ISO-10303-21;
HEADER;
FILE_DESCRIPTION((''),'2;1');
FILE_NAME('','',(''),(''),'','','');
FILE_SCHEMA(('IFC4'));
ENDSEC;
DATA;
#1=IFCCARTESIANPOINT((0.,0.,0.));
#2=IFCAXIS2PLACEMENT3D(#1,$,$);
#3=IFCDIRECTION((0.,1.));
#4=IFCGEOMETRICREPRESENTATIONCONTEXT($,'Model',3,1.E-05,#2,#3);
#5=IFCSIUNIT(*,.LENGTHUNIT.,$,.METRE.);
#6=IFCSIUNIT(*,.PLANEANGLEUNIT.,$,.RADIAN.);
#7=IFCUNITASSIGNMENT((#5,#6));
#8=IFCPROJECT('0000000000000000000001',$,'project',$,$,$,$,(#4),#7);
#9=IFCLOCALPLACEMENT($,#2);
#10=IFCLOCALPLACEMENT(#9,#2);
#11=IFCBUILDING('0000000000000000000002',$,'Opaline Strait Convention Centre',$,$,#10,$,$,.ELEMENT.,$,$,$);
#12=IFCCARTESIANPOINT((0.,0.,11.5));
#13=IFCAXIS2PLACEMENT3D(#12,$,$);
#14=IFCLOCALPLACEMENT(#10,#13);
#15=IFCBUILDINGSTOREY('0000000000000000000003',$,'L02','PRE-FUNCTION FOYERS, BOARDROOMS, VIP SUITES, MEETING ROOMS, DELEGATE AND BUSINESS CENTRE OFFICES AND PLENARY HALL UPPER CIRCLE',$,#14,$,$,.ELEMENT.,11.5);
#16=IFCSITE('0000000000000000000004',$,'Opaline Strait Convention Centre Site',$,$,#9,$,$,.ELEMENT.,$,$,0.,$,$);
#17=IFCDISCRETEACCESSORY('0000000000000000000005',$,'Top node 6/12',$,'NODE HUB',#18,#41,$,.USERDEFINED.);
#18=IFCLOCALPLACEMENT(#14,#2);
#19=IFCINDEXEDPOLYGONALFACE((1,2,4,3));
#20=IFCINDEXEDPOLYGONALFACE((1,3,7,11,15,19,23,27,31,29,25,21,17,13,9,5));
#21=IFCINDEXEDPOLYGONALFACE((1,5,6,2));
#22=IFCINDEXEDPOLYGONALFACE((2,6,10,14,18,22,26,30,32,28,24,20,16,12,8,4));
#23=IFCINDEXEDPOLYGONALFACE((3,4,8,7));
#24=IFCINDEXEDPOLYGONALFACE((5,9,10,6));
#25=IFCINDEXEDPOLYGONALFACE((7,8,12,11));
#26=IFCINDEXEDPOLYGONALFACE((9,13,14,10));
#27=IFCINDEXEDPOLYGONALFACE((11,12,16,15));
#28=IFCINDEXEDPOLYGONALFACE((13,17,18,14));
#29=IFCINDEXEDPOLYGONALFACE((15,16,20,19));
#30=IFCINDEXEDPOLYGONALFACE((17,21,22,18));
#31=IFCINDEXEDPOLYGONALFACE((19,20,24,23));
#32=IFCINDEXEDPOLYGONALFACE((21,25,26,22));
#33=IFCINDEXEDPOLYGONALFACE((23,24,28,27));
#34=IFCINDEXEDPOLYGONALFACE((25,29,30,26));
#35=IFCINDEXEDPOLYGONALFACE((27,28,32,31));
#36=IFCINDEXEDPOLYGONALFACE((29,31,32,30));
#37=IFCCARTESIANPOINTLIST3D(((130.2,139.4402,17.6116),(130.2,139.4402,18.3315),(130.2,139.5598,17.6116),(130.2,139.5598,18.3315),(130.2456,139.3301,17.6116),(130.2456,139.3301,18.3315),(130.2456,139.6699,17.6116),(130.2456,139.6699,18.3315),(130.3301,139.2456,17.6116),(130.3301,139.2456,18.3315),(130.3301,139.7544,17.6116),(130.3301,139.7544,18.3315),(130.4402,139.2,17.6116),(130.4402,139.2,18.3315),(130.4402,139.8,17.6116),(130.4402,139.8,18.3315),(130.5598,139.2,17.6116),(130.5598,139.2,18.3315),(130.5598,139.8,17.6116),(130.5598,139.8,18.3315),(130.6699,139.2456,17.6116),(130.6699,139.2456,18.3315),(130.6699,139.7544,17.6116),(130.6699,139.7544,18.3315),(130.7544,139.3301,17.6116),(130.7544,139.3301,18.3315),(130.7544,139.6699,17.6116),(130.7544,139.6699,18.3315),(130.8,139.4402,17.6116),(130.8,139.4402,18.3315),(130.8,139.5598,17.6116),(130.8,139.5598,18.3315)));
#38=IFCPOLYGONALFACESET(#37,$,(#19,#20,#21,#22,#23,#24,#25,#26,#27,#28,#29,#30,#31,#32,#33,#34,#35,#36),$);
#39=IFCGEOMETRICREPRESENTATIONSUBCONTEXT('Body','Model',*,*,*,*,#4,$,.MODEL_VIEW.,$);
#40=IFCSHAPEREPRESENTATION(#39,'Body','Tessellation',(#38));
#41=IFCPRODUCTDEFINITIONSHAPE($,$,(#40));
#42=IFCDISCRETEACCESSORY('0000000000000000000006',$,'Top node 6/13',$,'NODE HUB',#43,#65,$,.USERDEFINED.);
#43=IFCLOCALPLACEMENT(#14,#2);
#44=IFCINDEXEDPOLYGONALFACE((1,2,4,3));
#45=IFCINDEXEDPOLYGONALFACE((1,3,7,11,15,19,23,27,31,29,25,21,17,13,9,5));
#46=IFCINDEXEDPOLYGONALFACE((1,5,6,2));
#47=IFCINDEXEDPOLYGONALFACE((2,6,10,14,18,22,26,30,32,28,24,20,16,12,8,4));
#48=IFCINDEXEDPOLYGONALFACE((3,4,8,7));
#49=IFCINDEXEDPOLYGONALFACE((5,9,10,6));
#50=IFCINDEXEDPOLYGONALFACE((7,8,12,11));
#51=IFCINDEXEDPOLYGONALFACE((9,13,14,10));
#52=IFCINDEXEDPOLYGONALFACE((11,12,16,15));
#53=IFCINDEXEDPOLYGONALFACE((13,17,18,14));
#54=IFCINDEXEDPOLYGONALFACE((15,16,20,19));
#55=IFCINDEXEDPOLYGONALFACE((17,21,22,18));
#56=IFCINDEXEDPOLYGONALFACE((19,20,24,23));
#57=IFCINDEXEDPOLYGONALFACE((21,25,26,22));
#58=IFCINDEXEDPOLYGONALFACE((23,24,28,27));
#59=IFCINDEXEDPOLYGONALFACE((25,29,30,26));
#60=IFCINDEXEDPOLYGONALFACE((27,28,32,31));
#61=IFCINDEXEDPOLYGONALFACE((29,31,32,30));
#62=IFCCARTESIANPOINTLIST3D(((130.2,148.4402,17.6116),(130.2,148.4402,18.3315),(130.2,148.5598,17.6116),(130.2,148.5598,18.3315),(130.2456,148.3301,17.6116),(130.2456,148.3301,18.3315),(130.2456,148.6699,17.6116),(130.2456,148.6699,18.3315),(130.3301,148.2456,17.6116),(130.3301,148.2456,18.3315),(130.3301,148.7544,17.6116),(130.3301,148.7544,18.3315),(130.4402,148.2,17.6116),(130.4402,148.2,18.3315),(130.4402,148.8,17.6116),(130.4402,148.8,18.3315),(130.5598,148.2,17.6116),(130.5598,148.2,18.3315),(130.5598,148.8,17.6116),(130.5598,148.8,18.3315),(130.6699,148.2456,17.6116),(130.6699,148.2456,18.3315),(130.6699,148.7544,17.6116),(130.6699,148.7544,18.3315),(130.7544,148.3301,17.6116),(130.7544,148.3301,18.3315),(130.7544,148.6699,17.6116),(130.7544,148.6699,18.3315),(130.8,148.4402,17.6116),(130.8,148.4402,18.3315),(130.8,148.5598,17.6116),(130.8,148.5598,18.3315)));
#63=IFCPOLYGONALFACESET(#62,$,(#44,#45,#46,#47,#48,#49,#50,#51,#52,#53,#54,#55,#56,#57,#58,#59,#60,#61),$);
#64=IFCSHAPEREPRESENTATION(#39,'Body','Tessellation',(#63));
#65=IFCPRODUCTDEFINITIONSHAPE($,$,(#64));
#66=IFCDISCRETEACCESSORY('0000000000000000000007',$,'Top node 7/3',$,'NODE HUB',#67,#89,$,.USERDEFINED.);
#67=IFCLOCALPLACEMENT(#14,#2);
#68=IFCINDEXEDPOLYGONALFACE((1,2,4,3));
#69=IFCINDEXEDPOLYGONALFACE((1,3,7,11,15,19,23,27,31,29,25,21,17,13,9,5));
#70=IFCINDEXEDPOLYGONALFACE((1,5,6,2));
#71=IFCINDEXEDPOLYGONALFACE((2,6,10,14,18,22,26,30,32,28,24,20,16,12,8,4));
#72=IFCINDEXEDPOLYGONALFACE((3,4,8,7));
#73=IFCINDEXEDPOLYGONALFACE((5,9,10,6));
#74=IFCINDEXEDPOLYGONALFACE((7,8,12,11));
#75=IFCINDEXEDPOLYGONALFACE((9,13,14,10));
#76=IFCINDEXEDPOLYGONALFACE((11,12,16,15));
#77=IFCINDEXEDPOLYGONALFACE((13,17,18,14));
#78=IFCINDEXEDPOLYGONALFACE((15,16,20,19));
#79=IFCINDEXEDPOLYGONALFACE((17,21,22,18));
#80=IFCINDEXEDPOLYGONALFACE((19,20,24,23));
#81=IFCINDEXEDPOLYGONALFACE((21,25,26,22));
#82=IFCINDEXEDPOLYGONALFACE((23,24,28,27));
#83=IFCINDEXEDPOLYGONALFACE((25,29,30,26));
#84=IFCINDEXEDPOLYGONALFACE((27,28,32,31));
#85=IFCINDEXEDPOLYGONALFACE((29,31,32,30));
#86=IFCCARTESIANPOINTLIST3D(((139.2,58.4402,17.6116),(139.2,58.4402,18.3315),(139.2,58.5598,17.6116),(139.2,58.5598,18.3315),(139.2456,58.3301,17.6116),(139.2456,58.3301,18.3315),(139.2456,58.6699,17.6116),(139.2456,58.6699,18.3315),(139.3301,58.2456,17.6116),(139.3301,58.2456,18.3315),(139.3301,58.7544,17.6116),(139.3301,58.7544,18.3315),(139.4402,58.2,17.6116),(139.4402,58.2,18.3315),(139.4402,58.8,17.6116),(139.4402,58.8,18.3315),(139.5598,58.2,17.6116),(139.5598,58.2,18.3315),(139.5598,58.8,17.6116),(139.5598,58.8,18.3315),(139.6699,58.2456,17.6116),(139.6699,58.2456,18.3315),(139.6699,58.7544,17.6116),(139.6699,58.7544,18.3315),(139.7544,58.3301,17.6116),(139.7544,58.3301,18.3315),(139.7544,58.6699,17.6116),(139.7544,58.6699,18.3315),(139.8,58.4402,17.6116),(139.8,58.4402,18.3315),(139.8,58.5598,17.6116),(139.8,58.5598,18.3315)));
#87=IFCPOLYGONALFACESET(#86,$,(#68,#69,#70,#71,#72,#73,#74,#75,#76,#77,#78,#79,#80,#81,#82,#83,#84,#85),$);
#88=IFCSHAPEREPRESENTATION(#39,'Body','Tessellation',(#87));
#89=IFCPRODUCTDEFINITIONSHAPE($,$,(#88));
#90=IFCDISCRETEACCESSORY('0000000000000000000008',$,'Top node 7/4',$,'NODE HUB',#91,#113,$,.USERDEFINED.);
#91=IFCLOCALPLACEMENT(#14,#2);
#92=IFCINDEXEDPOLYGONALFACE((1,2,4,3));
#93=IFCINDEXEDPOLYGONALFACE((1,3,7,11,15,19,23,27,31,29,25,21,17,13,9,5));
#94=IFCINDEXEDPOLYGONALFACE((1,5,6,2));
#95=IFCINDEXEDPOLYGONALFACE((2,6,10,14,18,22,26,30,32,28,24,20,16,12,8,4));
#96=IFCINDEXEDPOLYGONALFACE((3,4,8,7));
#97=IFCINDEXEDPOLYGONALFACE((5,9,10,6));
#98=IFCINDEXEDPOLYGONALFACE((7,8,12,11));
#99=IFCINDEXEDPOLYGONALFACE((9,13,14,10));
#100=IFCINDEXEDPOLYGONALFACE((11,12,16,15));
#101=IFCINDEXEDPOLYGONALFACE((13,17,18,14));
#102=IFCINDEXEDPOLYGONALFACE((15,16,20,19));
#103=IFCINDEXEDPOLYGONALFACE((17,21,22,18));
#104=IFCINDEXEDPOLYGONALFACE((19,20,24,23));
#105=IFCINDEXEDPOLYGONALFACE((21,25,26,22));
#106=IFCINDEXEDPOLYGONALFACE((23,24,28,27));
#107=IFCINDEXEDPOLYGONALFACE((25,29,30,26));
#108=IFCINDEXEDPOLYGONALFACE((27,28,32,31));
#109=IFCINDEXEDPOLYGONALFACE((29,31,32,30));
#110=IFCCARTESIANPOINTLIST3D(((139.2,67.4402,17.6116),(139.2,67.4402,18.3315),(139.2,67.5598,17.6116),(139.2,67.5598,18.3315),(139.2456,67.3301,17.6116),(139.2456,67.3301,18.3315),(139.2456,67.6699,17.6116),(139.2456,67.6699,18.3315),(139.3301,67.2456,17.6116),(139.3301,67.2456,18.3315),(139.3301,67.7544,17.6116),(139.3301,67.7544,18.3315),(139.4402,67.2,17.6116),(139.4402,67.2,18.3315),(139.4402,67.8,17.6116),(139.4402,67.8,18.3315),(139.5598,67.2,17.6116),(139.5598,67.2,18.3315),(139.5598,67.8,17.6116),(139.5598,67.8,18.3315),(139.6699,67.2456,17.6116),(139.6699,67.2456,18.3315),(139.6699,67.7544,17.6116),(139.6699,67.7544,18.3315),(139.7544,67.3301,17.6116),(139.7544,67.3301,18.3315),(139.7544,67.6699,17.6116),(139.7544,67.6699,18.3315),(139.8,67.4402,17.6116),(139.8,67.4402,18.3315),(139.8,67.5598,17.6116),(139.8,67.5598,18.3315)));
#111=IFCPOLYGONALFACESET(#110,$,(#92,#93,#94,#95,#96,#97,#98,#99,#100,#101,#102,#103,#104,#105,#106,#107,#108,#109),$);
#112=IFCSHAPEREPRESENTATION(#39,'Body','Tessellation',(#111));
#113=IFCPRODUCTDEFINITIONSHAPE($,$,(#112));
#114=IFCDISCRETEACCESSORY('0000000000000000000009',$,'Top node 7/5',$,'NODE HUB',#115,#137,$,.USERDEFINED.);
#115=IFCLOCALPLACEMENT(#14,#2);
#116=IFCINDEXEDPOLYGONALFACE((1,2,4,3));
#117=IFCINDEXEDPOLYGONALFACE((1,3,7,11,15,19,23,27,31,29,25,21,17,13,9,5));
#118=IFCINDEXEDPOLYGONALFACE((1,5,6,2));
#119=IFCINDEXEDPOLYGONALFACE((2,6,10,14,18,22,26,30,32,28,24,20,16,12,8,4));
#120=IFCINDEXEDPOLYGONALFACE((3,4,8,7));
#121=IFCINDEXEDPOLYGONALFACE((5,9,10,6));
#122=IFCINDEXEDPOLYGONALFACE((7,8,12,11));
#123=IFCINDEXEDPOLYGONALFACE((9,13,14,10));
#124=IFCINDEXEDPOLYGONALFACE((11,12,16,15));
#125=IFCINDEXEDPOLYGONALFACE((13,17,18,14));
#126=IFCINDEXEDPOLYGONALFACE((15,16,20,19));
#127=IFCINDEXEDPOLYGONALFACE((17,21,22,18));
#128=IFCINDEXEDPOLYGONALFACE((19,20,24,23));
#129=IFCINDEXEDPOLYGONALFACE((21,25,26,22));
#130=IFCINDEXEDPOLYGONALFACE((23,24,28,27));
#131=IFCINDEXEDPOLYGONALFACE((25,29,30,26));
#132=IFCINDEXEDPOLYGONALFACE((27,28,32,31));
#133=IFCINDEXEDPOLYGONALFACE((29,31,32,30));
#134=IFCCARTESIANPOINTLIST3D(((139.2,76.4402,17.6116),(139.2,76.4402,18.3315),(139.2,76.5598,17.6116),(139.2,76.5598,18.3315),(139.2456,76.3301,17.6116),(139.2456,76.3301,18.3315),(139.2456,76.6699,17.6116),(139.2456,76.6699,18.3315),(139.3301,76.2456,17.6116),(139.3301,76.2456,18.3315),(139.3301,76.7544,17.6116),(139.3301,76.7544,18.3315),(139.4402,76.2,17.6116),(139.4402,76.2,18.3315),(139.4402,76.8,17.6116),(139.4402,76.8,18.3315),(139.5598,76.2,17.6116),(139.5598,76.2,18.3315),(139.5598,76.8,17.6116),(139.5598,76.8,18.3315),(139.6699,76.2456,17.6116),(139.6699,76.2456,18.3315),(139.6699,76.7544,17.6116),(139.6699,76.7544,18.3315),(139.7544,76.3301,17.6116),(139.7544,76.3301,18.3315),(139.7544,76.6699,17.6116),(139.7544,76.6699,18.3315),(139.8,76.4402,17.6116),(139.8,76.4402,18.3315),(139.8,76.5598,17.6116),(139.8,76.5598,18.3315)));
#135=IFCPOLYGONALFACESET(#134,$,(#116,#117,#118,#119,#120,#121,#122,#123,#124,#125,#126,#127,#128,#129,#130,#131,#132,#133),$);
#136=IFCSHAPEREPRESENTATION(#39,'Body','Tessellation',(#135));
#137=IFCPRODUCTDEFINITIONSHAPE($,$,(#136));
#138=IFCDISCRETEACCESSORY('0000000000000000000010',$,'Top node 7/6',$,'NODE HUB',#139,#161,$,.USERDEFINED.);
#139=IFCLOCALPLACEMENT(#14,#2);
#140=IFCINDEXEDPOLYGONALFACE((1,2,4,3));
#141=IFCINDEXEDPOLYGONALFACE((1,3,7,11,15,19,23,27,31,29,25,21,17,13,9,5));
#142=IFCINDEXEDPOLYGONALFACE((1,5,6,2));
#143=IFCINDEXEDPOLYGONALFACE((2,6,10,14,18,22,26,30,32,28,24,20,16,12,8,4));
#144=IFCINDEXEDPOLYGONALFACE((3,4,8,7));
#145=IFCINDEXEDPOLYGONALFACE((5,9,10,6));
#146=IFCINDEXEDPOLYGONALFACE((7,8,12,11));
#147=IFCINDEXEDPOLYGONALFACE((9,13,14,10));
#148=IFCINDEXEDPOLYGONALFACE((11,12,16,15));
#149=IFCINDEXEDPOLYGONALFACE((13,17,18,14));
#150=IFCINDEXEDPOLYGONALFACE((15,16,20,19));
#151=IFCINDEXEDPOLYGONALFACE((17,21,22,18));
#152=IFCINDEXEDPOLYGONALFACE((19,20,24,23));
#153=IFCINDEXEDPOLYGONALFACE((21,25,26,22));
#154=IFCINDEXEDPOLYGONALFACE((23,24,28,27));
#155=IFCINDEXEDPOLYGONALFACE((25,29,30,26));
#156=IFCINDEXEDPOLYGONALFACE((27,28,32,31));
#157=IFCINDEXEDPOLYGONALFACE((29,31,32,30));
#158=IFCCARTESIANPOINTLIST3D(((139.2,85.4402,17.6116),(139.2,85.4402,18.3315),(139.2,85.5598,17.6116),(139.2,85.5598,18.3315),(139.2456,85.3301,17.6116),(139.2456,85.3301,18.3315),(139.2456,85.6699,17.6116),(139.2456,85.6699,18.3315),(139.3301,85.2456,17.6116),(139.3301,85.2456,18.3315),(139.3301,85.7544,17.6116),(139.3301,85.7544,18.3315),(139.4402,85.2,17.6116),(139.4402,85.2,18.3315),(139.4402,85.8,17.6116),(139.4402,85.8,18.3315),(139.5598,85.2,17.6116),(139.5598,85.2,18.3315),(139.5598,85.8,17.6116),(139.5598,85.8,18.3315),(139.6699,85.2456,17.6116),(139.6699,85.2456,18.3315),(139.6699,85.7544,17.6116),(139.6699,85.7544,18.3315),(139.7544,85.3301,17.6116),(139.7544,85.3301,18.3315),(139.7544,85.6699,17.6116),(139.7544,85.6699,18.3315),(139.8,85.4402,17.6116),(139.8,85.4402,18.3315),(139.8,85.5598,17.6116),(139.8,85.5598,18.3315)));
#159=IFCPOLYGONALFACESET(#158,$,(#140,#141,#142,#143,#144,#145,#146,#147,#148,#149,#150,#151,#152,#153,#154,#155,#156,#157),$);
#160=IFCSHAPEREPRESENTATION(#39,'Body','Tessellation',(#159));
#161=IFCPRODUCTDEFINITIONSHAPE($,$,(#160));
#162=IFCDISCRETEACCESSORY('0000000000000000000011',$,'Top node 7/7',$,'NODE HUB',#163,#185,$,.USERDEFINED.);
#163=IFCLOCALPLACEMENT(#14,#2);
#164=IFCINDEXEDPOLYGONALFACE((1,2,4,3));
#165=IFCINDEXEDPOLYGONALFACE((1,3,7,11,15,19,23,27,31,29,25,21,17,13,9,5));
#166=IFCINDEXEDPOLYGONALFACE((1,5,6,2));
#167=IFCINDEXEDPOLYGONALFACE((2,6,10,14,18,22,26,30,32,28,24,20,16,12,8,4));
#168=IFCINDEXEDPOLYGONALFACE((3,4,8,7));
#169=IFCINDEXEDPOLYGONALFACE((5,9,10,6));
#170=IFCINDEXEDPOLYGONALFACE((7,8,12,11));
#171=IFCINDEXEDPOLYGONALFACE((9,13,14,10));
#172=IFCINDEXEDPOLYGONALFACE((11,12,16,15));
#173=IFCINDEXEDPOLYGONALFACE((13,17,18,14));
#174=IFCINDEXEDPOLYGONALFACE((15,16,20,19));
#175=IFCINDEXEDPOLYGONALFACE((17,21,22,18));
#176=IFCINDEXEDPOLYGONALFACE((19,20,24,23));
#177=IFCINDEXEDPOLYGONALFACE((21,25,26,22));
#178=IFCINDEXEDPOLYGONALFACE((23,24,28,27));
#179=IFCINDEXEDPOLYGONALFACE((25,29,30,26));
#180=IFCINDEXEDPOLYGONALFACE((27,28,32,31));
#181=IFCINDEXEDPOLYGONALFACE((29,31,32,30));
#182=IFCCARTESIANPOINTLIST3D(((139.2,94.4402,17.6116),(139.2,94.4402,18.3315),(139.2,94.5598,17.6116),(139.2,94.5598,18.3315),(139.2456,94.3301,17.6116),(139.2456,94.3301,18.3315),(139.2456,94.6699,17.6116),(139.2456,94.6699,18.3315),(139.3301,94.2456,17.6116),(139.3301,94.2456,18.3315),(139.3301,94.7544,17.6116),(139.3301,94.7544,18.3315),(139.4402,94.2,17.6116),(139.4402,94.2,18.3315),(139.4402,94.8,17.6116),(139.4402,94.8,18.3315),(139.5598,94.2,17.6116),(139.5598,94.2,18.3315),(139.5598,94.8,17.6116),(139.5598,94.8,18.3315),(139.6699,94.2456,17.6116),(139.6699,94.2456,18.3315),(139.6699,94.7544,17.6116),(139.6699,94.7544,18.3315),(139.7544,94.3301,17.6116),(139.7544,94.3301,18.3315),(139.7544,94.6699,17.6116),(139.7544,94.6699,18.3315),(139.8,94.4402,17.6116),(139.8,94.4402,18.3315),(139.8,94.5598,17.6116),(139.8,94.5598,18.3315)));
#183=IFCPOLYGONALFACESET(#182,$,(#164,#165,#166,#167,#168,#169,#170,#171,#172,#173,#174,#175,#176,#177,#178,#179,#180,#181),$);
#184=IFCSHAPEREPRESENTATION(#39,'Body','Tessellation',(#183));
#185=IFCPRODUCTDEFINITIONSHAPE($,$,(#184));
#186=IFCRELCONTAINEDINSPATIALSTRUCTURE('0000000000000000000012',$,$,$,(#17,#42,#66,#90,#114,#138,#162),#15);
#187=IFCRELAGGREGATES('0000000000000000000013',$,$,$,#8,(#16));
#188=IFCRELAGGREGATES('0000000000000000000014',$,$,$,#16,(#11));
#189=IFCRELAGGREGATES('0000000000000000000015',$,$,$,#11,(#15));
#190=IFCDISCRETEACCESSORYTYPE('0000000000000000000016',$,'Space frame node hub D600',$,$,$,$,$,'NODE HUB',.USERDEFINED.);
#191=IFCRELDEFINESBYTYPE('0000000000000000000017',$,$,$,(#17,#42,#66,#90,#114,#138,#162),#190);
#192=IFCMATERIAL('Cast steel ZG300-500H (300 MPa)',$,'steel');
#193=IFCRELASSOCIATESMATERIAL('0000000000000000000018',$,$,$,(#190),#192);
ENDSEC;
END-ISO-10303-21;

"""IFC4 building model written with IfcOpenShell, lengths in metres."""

from ifc_helpers import new_model, si_unit, direction, frame, origin, place, context, subcontext, project, spatial, polyline, outline, extrude, material, type_object, element, save


model = new_model("IFC4")

# Units and contexts
model_context = context("Model", 3, precision=1e-05, world=origin(), true_north=direction((0.0, 1.0)))
body_context = subcontext(model_context, "Body", "Model", "MODEL_VIEW")
ifc_project = project(units=[si_unit("LENGTHUNIT", "METRE"), si_unit("PLANEANGLEUNIT", "RADIAN")], contexts=[model_context])

# Site, building, storey
site_placement = place(None, origin())
site = spatial("IfcSite", under=ifc_project, at=site_placement, Name="Opaline Strait Convention Centre Site", CompositionType="ELEMENT", RefElevation=0.0)
building_placement = place(site_placement, origin())
building = spatial("IfcBuilding", under=site, at=building_placement, Name="Opaline Strait Convention Centre", CompositionType="ELEMENT")
storey_placement = place(building_placement, frame((0.0, 0.0, 11.5)))
storey = spatial("IfcBuildingStorey", under=building, at=storey_placement, Name="L02", Description="PRE-FUNCTION FOYERS, BOARDROOMS, VIP SUITES, MEETING ROOMS, DELEGATE AND BUSINESS CENTRE OFFICES AND PLENARY HALL UPPER CIRCLE", CompositionType="ELEMENT", Elevation=11.5)

# Discrete accessories
ifc_material = material(Name="Cast steel ZG300-500H (300 MPa)", Category="steel")
discrete_accessory_type = type_object("IfcDiscreteAccessoryType", Name="Space frame node hub D600", ElementType="NODE HUB", PredefinedType="USERDEFINED", material=ifc_material)
discrete_accessory_1_placement = place(storey_placement, frame((0.0, 0.0, 17.6116)))
element("IfcDiscreteAccessory", 1, at=discrete_accessory_1_placement, inside=storey, type_object=discrete_accessory_type, Name="Top node 6/12", ObjectType="NODE HUB", PredefinedType="USERDEFINED", context=body_context, shape_type="SweptSolid", body=[
    extrude(outline(polyline([(130.8, 139.5598), (130.7544, 139.6699), (130.6699, 139.7544), (130.5598, 139.8), (130.4402, 139.8), (130.3301, 139.7544), (130.2456, 139.6699), (130.2, 139.5598), (130.2, 139.4402), (130.2456, 139.3301), (130.3301, 139.2456), (130.4402, 139.2), (130.5598, 139.2), (130.6699, 139.2456), (130.7544, 139.3301), (130.8, 139.4402), (130.8, 139.5598)])), origin(), (0.0, 0.0, 1.0), 0.72),
])
discrete_accessory_2_placement = place(storey_placement, frame((0.0, 0.0, 17.6116)))
element("IfcDiscreteAccessory", 2, at=discrete_accessory_2_placement, inside=storey, type_object=discrete_accessory_type, Name="Top node 6/13", ObjectType="NODE HUB", PredefinedType="USERDEFINED", context=body_context, shape_type="SweptSolid", body=[
    extrude(outline(polyline([(130.8, 148.5598), (130.7544, 148.6699), (130.6699, 148.7544), (130.5598, 148.8), (130.4402, 148.8), (130.3301, 148.7544), (130.2456, 148.6699), (130.2, 148.5598), (130.2, 148.4402), (130.2456, 148.3301), (130.3301, 148.2456), (130.4402, 148.2), (130.5598, 148.2), (130.6699, 148.2456), (130.7544, 148.3301), (130.8, 148.4402), (130.8, 148.5598)])), origin(), (0.0, 0.0, 1.0), 0.72),
])
discrete_accessory_3_placement = place(storey_placement, frame((0.0, 0.0, 17.6116)))
element("IfcDiscreteAccessory", 3, at=discrete_accessory_3_placement, inside=storey, type_object=discrete_accessory_type, Name="Top node 7/3", ObjectType="NODE HUB", PredefinedType="USERDEFINED", context=body_context, shape_type="SweptSolid", body=[
    extrude(outline(polyline([(139.8, 58.5598), (139.7544, 58.6699), (139.6699, 58.7544), (139.5598, 58.8), (139.4402, 58.8), (139.3301, 58.7544), (139.2456, 58.6699), (139.2, 58.5598), (139.2, 58.4402), (139.2456, 58.3301), (139.3301, 58.2456), (139.4402, 58.2), (139.5598, 58.2), (139.6699, 58.2456), (139.7544, 58.3301), (139.8, 58.4402), (139.8, 58.5598)])), origin(), (0.0, 0.0, 1.0), 0.72),
])
discrete_accessory_4_placement = place(storey_placement, frame((0.0, 0.0, 17.6116)))
element("IfcDiscreteAccessory", 4, at=discrete_accessory_4_placement, inside=storey, type_object=discrete_accessory_type, Name="Top node 7/4", ObjectType="NODE HUB", PredefinedType="USERDEFINED", context=body_context, shape_type="SweptSolid", body=[
    extrude(outline(polyline([(139.8, 67.5598), (139.7544, 67.6699), (139.6699, 67.7544), (139.5598, 67.8), (139.4402, 67.8), (139.3301, 67.7544), (139.2456, 67.6699), (139.2, 67.5598), (139.2, 67.4402), (139.2456, 67.3301), (139.3301, 67.2456), (139.4402, 67.2), (139.5598, 67.2), (139.6699, 67.2456), (139.7544, 67.3301), (139.8, 67.4402), (139.8, 67.5598)])), origin(), (0.0, 0.0, 1.0), 0.72),
])
discrete_accessory_5_placement = place(storey_placement, frame((0.0, 0.0, 17.6116)))
element("IfcDiscreteAccessory", 5, at=discrete_accessory_5_placement, inside=storey, type_object=discrete_accessory_type, Name="Top node 7/5", ObjectType="NODE HUB", PredefinedType="USERDEFINED", context=body_context, shape_type="SweptSolid", body=[
    extrude(outline(polyline([(139.8, 76.5598), (139.7544, 76.6699), (139.6699, 76.7544), (139.5598, 76.8), (139.4402, 76.8), (139.3301, 76.7544), (139.2456, 76.6699), (139.2, 76.5598), (139.2, 76.4402), (139.2456, 76.3301), (139.3301, 76.2456), (139.4402, 76.2), (139.5598, 76.2), (139.6699, 76.2456), (139.7544, 76.3301), (139.8, 76.4402), (139.8, 76.5598)])), origin(), (0.0, 0.0, 1.0), 0.72),
])
discrete_accessory_6_placement = place(storey_placement, frame((0.0, 0.0, 17.6116)))
element("IfcDiscreteAccessory", 6, at=discrete_accessory_6_placement, inside=storey, type_object=discrete_accessory_type, Name="Top node 7/6", ObjectType="NODE HUB", PredefinedType="USERDEFINED", context=body_context, shape_type="SweptSolid", body=[
    extrude(outline(polyline([(139.8, 85.5598), (139.7544, 85.6699), (139.6699, 85.7544), (139.5598, 85.8), (139.4402, 85.8), (139.3301, 85.7544), (139.2456, 85.6699), (139.2, 85.5598), (139.2, 85.4402), (139.2456, 85.3301), (139.3301, 85.2456), (139.4402, 85.2), (139.5598, 85.2), (139.6699, 85.2456), (139.7544, 85.3301), (139.8, 85.4402), (139.8, 85.5598)])), origin(), (0.0, 0.0, 1.0), 0.72),
])
discrete_accessory_7_placement = place(storey_placement, frame((0.0, 0.0, 17.6116)))
element("IfcDiscreteAccessory", 7, at=discrete_accessory_7_placement, inside=storey, type_object=discrete_accessory_type, Name="Top node 7/7", ObjectType="NODE HUB", PredefinedType="USERDEFINED", context=body_context, shape_type="SweptSolid", body=[
    extrude(outline(polyline([(139.8, 94.5598), (139.7544, 94.6699), (139.6699, 94.7544), (139.5598, 94.8), (139.4402, 94.8), (139.3301, 94.7544), (139.2456, 94.6699), (139.2, 94.5598), (139.2, 94.4402), (139.2456, 94.3301), (139.3301, 94.2456), (139.4402, 94.2), (139.5598, 94.2), (139.6699, 94.2456), (139.7544, 94.3301), (139.8, 94.4402), (139.8, 94.5598)])), origin(), (0.0, 0.0, 1.0), 0.72),
])

save(model, "model.ifc")
